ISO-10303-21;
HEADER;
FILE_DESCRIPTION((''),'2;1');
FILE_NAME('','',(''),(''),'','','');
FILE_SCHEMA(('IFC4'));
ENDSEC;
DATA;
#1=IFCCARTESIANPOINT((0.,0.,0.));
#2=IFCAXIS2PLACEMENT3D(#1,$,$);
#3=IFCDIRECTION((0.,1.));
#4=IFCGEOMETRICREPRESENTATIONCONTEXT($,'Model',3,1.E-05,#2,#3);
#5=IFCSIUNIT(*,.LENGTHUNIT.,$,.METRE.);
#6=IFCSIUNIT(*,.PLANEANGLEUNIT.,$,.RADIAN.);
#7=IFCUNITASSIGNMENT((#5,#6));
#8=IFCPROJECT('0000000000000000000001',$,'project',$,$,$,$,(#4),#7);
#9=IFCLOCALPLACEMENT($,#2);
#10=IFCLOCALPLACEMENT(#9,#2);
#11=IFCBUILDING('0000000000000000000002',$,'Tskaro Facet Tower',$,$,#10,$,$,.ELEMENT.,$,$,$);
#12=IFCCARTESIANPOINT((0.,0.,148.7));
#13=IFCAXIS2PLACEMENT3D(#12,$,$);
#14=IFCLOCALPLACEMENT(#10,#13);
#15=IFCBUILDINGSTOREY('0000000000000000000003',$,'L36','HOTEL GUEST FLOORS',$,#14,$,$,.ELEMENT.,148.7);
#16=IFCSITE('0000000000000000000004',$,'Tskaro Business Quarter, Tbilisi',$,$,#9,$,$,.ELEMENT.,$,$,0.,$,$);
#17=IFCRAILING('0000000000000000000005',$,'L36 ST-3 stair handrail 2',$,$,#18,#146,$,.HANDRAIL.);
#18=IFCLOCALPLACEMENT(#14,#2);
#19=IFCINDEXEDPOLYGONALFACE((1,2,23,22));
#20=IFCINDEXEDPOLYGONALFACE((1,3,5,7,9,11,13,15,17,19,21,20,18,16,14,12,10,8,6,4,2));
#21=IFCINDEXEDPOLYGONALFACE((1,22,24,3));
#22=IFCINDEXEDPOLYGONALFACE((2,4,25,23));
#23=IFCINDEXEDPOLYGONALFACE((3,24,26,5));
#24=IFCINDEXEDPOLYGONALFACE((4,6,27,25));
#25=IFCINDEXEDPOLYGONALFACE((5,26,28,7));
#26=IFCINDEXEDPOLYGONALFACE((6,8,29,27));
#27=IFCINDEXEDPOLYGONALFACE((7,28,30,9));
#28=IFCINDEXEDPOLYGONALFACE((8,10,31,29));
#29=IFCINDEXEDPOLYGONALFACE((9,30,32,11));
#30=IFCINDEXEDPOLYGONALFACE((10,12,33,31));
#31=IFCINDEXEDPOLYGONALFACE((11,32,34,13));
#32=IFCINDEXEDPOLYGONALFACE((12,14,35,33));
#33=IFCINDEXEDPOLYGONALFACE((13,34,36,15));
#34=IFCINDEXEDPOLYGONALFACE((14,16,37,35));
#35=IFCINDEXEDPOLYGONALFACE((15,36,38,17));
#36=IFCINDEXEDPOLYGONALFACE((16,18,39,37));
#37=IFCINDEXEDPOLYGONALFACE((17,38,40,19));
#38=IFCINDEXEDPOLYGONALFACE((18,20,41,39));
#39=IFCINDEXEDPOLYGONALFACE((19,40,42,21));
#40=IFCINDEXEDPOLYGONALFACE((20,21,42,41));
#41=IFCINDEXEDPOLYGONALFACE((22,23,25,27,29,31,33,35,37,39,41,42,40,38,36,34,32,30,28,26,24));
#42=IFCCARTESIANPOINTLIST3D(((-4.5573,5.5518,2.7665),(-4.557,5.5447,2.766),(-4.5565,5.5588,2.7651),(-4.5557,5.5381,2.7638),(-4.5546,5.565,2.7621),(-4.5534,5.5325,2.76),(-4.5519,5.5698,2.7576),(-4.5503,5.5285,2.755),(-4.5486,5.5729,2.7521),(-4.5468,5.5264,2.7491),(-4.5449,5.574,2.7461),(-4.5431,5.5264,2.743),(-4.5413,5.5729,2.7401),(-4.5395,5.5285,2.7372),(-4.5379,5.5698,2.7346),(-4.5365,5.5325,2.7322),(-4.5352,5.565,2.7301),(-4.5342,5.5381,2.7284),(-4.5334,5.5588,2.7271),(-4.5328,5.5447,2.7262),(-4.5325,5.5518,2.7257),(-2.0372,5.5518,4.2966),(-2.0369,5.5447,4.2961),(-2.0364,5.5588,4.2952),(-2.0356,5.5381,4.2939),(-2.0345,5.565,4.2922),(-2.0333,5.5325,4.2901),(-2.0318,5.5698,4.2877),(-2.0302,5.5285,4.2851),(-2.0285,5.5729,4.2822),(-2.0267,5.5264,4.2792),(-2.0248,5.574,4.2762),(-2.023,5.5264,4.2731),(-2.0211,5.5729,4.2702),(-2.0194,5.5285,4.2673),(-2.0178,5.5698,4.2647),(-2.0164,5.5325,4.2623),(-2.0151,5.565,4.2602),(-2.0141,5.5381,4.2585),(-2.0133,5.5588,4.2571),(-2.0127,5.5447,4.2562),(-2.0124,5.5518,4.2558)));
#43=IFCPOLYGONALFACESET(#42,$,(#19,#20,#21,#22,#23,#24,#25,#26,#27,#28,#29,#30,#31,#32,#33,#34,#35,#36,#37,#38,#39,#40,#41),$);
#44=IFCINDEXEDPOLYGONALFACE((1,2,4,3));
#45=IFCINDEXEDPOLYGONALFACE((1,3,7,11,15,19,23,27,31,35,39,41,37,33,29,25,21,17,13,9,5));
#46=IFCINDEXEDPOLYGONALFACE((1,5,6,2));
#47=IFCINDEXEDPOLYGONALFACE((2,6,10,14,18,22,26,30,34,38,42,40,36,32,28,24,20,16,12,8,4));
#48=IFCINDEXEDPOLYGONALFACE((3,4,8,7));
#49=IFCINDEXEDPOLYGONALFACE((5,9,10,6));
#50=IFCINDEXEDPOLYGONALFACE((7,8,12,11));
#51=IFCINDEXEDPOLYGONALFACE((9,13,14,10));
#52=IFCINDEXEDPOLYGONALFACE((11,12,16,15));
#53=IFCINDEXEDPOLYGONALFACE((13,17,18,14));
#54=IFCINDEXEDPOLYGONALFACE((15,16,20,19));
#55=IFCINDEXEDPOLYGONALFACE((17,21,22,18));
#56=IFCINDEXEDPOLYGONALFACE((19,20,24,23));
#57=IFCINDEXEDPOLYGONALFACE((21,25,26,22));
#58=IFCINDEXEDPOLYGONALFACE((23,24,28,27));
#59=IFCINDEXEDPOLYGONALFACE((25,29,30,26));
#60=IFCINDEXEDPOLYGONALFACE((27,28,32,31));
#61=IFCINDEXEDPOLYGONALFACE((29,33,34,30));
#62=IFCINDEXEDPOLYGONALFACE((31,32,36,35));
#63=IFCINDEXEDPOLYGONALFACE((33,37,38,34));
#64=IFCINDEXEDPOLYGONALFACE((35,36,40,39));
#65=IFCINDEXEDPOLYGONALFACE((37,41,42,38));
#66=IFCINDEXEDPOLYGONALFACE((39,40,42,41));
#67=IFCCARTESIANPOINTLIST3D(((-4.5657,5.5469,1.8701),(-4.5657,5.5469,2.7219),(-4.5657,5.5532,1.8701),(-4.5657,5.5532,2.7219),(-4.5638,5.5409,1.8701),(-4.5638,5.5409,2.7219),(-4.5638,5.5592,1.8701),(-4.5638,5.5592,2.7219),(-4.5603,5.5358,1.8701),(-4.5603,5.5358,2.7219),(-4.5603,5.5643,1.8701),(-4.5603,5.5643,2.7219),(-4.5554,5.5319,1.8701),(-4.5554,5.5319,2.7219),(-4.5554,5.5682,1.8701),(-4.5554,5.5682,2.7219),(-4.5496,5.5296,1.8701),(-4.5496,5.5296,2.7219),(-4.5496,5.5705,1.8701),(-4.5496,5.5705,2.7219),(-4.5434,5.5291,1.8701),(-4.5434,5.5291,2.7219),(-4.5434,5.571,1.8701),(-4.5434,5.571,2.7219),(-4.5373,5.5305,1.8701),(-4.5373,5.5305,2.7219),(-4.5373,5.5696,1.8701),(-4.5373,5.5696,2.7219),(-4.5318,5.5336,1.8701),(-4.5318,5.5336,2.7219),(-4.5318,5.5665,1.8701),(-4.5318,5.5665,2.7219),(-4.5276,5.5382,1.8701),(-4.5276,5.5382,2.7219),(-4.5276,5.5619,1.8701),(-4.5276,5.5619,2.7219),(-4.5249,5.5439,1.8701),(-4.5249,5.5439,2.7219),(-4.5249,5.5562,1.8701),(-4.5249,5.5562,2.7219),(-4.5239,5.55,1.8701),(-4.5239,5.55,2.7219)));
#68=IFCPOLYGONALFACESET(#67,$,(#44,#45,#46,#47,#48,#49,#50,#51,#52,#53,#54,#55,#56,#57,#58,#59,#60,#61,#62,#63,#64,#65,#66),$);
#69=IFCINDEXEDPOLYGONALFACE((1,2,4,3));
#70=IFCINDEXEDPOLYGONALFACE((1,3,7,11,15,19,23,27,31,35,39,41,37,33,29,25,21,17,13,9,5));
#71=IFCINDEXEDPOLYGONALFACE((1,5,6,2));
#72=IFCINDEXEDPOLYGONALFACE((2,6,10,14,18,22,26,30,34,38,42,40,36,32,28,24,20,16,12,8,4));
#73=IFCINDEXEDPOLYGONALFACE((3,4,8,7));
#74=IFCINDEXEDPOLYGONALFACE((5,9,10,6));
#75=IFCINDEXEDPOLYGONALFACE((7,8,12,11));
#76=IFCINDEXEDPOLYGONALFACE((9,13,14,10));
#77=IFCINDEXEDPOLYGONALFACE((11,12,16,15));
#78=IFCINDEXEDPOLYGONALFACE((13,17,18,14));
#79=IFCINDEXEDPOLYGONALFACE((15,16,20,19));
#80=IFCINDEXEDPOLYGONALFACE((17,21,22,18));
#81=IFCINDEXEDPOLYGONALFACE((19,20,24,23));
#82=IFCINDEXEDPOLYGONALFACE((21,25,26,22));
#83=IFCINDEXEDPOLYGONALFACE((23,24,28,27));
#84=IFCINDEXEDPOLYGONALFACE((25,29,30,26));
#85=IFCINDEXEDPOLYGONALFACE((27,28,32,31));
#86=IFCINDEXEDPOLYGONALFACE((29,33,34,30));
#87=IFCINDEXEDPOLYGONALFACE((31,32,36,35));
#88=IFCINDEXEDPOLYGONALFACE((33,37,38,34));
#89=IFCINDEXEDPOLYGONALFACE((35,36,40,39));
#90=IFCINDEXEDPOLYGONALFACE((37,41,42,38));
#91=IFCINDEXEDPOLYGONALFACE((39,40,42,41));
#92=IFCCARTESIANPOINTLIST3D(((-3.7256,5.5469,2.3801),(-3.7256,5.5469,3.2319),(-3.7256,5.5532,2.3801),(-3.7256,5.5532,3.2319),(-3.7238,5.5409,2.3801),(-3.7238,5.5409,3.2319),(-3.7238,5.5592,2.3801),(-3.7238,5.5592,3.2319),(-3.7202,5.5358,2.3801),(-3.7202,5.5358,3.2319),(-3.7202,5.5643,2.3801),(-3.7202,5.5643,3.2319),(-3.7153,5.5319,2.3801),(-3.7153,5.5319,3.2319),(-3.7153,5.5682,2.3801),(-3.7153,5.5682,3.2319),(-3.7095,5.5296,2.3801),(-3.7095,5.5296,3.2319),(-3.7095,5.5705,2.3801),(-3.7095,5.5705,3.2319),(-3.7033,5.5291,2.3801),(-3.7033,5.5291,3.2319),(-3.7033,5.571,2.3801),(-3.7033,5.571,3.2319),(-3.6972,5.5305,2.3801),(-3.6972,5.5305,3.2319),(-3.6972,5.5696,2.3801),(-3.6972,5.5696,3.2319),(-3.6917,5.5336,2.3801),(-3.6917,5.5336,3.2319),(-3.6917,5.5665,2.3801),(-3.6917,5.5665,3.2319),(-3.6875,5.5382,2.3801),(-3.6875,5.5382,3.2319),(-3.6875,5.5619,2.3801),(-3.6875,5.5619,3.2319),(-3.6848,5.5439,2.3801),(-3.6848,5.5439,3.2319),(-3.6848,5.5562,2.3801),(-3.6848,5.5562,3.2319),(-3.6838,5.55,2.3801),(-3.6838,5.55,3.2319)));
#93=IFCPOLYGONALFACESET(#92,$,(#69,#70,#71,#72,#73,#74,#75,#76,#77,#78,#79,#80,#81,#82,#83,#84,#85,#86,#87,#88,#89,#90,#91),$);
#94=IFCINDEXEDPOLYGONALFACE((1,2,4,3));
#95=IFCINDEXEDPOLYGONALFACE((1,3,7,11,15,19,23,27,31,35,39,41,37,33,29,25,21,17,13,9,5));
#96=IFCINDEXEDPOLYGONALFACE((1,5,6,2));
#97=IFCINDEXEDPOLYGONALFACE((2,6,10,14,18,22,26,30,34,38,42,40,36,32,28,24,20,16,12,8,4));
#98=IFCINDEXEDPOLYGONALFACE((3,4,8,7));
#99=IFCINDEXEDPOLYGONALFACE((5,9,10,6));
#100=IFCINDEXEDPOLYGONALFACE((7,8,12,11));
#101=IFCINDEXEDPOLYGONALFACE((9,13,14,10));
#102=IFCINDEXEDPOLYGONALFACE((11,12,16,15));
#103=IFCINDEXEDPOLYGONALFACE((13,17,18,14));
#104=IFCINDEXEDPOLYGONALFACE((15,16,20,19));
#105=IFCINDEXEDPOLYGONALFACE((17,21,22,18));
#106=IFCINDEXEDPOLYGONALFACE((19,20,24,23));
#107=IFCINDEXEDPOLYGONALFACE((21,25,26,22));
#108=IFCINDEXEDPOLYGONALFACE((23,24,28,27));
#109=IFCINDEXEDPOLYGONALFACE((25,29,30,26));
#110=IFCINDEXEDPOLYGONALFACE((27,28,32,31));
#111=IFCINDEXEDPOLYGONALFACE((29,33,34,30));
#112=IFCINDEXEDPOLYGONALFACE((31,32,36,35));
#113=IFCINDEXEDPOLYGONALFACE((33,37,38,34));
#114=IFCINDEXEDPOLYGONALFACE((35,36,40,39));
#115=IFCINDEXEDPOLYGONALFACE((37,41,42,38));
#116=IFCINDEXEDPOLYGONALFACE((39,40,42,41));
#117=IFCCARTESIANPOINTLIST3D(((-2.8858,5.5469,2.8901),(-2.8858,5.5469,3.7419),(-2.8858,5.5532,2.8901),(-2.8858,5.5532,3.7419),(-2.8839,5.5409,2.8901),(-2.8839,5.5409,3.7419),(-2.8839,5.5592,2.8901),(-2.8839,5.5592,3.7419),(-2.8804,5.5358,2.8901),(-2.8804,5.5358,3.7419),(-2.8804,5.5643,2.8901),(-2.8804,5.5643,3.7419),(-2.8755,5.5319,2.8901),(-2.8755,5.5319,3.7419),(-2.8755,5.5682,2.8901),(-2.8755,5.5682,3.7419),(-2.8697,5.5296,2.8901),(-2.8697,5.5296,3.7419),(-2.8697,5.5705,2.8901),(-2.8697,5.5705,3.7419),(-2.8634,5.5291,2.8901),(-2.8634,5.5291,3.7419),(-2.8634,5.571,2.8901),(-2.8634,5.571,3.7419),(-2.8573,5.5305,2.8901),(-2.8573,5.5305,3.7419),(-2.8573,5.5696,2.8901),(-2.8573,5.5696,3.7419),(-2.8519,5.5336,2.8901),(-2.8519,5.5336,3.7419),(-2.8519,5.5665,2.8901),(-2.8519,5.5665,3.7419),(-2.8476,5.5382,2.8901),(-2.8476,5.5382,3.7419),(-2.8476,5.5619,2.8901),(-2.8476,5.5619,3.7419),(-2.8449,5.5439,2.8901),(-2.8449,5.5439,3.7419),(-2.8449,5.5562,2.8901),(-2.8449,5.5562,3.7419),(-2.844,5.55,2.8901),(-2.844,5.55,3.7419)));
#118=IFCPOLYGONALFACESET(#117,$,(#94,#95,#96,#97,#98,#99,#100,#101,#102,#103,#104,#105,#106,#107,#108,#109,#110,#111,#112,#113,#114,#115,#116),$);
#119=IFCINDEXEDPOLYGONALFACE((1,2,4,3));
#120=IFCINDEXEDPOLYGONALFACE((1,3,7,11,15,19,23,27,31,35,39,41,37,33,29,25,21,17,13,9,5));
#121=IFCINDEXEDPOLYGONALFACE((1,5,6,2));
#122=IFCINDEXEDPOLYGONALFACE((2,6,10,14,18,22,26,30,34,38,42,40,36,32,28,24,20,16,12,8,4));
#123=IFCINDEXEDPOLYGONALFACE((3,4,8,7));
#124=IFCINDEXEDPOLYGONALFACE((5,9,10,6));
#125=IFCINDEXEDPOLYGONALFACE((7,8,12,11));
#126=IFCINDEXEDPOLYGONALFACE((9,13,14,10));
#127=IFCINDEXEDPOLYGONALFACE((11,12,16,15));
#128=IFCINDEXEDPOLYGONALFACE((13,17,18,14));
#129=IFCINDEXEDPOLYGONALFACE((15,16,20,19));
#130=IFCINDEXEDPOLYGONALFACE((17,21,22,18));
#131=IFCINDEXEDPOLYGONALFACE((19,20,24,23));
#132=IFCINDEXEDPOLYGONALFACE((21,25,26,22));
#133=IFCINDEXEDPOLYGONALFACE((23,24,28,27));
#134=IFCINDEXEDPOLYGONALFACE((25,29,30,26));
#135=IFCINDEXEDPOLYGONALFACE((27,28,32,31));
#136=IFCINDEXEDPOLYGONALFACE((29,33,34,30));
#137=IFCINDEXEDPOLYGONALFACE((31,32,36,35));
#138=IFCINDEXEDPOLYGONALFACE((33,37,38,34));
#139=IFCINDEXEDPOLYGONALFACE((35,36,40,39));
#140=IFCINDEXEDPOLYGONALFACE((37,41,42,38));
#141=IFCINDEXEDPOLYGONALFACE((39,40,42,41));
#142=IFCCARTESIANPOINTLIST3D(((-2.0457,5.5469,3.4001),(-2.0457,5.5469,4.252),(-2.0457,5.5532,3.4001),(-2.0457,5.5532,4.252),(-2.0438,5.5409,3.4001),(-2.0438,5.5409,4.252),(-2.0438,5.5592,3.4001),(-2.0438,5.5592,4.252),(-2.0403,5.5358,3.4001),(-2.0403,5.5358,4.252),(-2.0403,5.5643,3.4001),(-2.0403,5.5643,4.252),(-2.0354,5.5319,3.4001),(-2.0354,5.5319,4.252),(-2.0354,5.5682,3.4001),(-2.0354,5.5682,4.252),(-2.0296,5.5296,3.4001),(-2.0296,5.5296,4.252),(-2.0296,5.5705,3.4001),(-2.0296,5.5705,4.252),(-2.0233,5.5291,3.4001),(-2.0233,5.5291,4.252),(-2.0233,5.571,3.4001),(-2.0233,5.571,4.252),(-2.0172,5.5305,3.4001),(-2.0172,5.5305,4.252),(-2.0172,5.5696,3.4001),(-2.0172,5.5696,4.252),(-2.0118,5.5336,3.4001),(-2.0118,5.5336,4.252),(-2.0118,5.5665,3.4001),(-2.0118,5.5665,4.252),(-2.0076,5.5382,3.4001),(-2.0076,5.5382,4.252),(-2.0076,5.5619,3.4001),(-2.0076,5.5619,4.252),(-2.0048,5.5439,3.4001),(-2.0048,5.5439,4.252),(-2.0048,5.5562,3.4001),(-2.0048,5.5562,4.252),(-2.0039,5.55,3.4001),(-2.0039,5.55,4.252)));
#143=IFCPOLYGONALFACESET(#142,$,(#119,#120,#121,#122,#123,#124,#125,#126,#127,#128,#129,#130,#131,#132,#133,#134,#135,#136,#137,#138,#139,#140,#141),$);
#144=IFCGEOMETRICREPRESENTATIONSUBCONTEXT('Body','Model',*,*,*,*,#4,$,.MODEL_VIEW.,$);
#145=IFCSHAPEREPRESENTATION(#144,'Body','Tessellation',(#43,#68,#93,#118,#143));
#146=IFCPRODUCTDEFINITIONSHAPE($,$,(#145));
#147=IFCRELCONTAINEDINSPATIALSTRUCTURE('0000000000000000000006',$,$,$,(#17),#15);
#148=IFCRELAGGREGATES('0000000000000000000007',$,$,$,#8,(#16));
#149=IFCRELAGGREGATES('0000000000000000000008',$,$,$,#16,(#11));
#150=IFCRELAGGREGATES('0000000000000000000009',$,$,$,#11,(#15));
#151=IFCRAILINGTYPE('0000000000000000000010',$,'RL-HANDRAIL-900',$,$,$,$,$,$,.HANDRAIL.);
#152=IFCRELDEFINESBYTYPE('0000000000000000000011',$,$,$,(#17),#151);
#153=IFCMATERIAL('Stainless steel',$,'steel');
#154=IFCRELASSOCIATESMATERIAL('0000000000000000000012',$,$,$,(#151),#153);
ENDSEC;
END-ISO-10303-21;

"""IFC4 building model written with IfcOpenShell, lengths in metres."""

from ifc_helpers import new_model, si_unit, direction, frame, origin, origin_2d, place, context, subcontext, project, spatial, circle, extrude, material, type_object, element, save


model = new_model("IFC4")

# Units and contexts
model_context = context("Model", 3, precision=1e-05, world=origin(), true_north=direction((0.0, 1.0)))
body_context = subcontext(model_context, "Body", "Model", "MODEL_VIEW")
ifc_project = project(units=[si_unit("LENGTHUNIT", "METRE"), si_unit("PLANEANGLEUNIT", "RADIAN")], contexts=[model_context])

# Site, building, storey
site_placement = place(None, origin())
site = spatial("IfcSite", under=ifc_project, at=site_placement, Name="Tskaro Business Quarter, Tbilisi", CompositionType="ELEMENT", RefElevation=0.0)
building_placement = place(site_placement, origin())
building = spatial("IfcBuilding", under=site, at=building_placement, Name="Tskaro Facet Tower", CompositionType="ELEMENT")
storey_placement = place(building_placement, frame((0.0, 0.0, 148.7)))
storey = spatial("IfcBuildingStorey", under=building, at=storey_placement, Name="L36", Description="HOTEL GUEST FLOORS", CompositionType="ELEMENT", Elevation=148.7)

# Railing
ifc_material_1 = material(Name="Stainless steel", Category="steel")
railing_type_1 = type_object("IfcRailingType", Name="RL-HANDRAIL-900", PredefinedType="HANDRAIL", material=ifc_material_1)
railing_1_placement = place(storey_placement, frame((-4.5449, 5.55, 1.8701)))
element("IfcRailing", 1, at=railing_1_placement, inside=storey, type_object=railing_type_1, Name="L36 ST-3 stair handrail 2", PredefinedType="HANDRAIL", context=body_context, shape_type="SweptSolid", body=[
    extrude(circle(Radius=0.0239, at=origin_2d()), frame((0.0, 0.0, 0.876), z_axis=(0.854785, 0.0, 0.518982), x_axis=(0.0, 1.0, 0.0)), (0.0, 0.0, 1.0), 2.9482),
    extrude(circle(Radius=0.021, at=origin_2d()), origin(), (0.0, 0.0, 1.0), 0.8518),
    extrude(circle(Radius=0.021, at=origin_2d()), frame((0.8401, 0.0, 0.51)), (0.0, 0.0, 1.0), 0.8518),
    extrude(circle(Radius=0.021, at=origin_2d()), frame((1.6799, 0.0, 1.02)), (0.0, 0.0, 1.0), 0.8518),
    extrude(circle(Radius=0.021, at=origin_2d()), frame((2.52, 0.0, 1.53)), (0.0, 0.0, 1.0), 0.8518),
])

save(model, "model.ifc")
